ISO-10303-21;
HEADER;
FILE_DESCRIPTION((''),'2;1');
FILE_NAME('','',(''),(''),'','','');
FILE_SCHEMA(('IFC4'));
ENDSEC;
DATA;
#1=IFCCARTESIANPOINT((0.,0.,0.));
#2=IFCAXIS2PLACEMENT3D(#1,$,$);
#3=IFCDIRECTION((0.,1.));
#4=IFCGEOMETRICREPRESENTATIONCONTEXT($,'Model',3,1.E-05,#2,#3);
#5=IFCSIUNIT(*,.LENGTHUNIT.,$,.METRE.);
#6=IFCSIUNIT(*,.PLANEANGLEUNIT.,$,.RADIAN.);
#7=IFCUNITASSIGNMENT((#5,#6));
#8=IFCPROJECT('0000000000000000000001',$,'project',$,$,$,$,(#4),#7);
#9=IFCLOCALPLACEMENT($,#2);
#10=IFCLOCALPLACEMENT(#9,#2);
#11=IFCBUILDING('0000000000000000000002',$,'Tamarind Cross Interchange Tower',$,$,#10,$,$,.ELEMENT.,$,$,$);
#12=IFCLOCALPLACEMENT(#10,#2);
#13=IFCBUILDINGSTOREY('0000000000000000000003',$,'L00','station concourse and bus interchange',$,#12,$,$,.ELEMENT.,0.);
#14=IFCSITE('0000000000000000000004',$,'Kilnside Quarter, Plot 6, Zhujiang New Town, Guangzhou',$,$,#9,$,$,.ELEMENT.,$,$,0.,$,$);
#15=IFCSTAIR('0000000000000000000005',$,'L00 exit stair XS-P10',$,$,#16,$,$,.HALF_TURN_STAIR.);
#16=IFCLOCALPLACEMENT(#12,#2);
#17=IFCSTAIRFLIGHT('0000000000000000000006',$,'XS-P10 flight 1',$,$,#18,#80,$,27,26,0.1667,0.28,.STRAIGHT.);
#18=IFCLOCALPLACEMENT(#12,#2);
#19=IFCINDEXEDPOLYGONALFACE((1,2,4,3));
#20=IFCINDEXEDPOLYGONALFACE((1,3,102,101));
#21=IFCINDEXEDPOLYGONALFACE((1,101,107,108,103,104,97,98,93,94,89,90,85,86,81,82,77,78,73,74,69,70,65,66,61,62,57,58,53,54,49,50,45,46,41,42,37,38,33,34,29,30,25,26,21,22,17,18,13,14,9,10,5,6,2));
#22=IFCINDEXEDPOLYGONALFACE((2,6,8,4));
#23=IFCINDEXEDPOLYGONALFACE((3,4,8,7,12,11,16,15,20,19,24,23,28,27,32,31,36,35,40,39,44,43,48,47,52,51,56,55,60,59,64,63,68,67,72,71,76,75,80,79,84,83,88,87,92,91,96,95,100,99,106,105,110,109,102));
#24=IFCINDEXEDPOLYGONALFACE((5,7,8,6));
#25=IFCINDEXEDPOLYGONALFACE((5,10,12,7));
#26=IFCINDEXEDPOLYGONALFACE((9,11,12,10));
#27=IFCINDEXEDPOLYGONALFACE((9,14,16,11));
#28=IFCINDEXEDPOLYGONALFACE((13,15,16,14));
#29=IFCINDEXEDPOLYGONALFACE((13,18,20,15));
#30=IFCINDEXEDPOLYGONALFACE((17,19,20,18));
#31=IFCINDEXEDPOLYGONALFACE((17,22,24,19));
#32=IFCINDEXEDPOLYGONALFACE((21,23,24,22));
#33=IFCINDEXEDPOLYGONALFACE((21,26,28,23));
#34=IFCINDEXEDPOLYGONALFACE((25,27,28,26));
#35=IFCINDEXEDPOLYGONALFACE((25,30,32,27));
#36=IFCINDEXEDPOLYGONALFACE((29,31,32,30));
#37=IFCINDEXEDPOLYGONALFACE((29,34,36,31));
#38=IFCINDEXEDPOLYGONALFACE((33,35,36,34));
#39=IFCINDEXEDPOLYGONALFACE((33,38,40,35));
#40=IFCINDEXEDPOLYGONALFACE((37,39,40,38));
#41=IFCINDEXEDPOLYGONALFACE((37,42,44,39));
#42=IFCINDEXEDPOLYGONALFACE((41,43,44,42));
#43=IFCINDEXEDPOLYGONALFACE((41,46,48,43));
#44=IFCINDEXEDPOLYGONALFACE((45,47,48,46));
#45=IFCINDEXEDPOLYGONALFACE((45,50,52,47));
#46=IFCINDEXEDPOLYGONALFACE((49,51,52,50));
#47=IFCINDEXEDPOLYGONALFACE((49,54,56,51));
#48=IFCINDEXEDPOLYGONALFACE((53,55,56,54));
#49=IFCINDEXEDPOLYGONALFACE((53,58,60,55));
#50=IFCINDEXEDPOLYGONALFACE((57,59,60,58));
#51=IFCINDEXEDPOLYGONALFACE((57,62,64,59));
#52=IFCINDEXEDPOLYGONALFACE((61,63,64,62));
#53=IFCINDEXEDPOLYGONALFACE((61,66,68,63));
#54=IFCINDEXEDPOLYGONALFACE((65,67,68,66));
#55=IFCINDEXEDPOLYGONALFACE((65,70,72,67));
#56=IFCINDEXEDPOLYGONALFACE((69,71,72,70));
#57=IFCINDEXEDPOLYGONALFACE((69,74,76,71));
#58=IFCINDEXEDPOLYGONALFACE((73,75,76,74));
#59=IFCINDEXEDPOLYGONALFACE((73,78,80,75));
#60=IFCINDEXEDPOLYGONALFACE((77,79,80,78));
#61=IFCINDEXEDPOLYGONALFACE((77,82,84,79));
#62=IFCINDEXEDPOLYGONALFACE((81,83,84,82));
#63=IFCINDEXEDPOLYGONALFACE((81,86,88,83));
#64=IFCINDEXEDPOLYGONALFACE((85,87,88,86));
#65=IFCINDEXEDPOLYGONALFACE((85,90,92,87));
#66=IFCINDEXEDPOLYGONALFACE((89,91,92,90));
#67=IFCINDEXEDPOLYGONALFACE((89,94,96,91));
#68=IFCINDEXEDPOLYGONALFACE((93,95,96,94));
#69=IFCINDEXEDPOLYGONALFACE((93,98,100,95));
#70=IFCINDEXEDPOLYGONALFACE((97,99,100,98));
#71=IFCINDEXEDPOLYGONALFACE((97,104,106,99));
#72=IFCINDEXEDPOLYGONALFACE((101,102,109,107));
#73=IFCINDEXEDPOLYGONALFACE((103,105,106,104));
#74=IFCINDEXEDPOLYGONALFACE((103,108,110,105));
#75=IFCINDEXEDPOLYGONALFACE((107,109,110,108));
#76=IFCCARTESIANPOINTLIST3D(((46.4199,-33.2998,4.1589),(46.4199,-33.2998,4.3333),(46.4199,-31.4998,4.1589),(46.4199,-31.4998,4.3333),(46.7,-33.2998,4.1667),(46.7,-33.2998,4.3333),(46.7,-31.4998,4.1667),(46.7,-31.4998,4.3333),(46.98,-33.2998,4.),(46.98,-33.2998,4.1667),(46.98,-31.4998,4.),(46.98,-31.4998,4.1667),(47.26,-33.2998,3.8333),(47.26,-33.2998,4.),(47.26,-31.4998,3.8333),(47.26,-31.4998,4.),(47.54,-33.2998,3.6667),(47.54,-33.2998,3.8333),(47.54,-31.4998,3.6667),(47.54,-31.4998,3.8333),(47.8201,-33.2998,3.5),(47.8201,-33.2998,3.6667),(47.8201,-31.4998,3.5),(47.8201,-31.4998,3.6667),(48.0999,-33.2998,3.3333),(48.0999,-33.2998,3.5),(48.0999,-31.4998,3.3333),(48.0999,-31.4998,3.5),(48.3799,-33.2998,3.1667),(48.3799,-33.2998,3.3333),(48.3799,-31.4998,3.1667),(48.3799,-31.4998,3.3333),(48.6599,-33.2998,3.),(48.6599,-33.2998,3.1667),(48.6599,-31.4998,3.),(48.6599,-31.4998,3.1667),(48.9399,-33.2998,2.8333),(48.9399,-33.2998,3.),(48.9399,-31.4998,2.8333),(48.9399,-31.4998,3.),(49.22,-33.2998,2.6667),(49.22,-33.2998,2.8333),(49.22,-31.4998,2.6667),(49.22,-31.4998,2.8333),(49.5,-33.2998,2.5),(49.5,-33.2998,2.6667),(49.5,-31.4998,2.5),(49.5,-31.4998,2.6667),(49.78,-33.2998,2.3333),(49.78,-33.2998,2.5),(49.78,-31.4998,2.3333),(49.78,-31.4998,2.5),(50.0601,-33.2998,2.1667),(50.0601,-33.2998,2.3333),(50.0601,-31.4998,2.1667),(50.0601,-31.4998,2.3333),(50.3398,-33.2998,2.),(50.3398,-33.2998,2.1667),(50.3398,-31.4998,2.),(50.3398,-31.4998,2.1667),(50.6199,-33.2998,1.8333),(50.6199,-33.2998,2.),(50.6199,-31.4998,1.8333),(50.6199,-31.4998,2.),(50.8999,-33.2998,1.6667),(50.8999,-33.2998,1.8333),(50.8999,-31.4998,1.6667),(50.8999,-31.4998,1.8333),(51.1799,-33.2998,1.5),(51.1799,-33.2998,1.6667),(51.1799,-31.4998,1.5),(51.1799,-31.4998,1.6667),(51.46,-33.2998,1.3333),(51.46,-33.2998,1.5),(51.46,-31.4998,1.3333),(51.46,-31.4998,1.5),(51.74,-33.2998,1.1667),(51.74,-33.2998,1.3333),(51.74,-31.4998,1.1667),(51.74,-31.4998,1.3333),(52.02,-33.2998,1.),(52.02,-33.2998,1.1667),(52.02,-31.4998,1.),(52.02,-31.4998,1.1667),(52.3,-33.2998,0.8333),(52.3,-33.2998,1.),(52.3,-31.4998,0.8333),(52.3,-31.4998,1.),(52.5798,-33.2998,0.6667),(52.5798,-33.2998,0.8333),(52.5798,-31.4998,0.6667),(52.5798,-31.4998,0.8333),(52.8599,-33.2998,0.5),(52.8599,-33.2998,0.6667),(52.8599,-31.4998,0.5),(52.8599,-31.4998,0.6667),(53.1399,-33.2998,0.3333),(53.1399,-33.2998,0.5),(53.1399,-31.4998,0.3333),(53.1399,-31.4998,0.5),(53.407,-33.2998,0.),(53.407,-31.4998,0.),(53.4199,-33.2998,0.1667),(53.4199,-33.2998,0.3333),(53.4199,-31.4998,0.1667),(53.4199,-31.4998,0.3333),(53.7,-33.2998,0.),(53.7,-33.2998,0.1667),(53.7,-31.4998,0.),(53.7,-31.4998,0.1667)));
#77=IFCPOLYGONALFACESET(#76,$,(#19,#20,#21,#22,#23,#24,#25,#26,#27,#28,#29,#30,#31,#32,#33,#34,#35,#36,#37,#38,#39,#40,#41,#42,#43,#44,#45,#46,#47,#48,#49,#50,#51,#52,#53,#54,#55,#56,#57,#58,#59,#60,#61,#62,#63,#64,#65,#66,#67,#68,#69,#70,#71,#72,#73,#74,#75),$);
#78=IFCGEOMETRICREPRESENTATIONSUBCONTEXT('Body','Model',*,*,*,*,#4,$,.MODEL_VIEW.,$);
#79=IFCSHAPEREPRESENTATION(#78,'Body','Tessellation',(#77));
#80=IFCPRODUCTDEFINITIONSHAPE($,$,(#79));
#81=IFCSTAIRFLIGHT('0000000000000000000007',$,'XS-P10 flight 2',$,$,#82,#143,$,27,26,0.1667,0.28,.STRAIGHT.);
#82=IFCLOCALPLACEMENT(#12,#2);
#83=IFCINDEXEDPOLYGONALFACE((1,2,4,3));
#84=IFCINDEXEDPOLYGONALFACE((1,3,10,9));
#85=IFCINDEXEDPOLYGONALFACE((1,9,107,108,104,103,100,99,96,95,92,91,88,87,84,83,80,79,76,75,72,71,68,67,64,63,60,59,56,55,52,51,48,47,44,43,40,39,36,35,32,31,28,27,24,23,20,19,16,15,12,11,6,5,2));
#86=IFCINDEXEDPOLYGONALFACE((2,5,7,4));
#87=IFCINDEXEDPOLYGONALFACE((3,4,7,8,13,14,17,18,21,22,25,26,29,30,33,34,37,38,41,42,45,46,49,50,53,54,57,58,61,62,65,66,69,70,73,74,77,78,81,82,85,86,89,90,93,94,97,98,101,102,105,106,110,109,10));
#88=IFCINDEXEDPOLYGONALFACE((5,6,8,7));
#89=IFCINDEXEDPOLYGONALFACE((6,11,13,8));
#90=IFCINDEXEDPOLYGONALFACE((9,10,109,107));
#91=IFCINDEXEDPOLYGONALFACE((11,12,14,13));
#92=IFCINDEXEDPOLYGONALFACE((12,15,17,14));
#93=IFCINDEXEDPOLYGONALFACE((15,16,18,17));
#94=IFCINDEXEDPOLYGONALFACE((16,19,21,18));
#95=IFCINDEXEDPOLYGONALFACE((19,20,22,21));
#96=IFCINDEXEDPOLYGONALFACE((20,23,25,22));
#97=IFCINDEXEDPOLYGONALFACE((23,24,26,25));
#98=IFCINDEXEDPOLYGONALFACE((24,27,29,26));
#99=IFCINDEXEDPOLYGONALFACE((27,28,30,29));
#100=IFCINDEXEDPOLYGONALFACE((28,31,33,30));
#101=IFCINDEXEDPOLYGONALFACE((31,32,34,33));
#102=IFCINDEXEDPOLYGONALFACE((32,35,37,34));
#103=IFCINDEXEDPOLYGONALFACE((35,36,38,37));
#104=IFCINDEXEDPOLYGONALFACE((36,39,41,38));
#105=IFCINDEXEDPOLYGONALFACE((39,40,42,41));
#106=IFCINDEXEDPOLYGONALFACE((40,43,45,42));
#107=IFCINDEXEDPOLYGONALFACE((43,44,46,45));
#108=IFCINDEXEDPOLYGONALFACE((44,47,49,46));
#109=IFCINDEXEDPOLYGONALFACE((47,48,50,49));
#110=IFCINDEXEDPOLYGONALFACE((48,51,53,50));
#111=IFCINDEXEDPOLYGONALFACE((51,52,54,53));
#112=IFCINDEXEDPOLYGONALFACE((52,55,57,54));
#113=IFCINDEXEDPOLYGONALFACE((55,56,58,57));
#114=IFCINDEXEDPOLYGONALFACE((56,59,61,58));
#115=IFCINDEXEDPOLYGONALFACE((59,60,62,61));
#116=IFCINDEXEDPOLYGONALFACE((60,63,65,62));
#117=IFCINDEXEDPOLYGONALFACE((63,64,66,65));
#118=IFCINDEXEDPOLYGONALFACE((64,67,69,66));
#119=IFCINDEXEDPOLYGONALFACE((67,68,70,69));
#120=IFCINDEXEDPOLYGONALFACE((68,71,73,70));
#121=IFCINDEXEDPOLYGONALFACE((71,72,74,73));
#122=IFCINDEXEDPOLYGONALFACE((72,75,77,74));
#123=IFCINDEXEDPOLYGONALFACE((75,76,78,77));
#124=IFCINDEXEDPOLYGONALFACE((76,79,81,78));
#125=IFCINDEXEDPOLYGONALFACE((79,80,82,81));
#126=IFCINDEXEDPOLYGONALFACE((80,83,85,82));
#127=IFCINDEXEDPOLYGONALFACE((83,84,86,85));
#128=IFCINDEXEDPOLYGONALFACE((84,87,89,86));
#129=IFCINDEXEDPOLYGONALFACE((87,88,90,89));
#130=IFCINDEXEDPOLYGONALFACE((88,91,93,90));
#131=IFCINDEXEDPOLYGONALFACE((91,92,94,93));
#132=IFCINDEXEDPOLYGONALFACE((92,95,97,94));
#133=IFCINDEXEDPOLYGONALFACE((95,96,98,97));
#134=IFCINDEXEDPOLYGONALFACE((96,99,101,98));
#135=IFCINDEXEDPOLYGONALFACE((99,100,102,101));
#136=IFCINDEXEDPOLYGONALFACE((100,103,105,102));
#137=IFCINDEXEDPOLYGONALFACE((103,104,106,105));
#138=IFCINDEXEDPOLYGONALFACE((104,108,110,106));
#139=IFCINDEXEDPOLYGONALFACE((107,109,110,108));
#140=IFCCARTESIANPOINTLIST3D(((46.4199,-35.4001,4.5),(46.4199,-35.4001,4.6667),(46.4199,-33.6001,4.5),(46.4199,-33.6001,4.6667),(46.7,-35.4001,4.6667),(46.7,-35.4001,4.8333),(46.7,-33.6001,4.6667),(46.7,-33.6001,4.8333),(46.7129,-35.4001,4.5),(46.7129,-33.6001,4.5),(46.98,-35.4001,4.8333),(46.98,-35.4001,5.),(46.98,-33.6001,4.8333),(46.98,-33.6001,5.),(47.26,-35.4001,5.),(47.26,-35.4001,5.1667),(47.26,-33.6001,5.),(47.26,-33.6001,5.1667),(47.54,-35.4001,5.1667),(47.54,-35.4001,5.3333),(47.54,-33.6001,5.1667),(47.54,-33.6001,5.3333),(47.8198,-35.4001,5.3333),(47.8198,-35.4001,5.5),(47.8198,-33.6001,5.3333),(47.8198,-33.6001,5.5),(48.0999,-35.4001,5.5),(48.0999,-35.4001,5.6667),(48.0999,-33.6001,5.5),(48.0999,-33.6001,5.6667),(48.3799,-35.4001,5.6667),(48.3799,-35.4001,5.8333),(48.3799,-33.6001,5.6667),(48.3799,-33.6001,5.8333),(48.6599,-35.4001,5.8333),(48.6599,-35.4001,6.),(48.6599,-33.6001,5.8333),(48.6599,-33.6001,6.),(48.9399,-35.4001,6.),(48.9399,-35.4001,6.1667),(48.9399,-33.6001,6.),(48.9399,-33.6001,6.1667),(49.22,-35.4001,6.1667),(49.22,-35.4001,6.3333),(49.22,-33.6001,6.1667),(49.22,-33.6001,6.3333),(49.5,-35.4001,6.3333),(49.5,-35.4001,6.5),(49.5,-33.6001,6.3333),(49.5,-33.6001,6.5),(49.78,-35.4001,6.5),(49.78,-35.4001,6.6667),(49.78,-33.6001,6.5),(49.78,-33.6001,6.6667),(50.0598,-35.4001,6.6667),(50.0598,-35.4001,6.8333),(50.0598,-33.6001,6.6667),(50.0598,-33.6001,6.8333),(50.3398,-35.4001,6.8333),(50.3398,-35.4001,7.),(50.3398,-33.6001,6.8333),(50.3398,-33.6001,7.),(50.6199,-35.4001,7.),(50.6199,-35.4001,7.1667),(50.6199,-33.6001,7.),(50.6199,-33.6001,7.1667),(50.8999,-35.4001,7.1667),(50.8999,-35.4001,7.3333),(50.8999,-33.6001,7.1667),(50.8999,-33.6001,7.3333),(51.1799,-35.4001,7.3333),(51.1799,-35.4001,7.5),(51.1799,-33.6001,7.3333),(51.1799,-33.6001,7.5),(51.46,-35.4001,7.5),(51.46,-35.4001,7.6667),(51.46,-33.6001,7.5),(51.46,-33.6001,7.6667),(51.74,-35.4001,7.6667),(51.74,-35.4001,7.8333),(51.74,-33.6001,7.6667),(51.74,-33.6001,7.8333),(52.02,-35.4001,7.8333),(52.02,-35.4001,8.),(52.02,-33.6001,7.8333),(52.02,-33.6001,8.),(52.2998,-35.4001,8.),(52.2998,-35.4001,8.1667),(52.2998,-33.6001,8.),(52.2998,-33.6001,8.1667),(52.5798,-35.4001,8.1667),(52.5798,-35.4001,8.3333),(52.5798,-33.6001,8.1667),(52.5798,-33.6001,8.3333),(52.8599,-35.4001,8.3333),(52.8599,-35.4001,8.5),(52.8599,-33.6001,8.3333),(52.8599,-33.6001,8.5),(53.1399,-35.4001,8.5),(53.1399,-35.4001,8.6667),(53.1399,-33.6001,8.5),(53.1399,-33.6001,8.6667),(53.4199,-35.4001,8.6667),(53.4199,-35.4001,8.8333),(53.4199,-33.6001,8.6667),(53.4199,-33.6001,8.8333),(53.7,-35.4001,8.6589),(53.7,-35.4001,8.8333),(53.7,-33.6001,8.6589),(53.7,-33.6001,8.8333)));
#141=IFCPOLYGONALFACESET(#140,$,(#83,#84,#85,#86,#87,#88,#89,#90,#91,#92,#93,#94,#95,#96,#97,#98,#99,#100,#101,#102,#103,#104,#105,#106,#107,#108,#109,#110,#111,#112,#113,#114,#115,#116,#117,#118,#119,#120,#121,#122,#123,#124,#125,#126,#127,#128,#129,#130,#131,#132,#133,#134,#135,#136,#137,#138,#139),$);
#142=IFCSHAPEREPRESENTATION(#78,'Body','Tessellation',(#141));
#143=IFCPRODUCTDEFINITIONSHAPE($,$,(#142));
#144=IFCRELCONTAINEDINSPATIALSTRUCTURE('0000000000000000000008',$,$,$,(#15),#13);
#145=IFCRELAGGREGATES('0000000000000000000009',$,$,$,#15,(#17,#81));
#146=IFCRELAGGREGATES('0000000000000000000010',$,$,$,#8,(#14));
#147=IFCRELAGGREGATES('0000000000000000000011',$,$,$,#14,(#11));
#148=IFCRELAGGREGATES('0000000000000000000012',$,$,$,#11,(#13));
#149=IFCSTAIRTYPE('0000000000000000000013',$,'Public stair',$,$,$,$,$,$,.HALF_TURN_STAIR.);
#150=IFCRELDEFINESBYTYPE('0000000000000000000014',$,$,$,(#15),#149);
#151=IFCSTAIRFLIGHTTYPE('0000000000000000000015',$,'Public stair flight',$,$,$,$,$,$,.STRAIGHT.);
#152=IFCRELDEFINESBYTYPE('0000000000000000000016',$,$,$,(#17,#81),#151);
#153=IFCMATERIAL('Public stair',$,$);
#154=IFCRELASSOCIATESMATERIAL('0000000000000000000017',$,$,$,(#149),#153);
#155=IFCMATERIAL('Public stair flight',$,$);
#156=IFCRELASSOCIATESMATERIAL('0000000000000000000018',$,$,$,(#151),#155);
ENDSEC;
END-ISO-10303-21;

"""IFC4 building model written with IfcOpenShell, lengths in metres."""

from ifc_helpers import new_model, si_unit, direction, frame, origin, place, context, subcontext, project, spatial, polyline, outline, extrude, material, type_object, element, aggregate, save


model = new_model("IFC4")

# Units and contexts
model_context = context("Model", 3, precision=1e-05, world=origin(), true_north=direction((0.0, 1.0)))
body_context = subcontext(model_context, "Body", "Model", "MODEL_VIEW")
ifc_project = project(units=[si_unit("LENGTHUNIT", "METRE"), si_unit("PLANEANGLEUNIT", "RADIAN")], contexts=[model_context])

# Site, building, storey
site_placement = place(None, origin())
site = spatial("IfcSite", under=ifc_project, at=site_placement, Name="Kilnside Quarter, Plot 6, Zhujiang New Town, Guangzhou", CompositionType="ELEMENT", RefElevation=0.0)
building_placement = place(site_placement, origin())
building = spatial("IfcBuilding", under=site, at=building_placement, Name="Tamarind Cross Interchange Tower", CompositionType="ELEMENT")
storey_placement = place(building_placement, origin())
storey = spatial("IfcBuildingStorey", under=building, at=storey_placement, Name="L00", Description="station concourse and bus interchange", CompositionType="ELEMENT", Elevation=0.0)

# Stair, stair flights
ifc_material_1 = material(Name="Public stair")
stair_type = type_object("IfcStairType", Name="Public stair", PredefinedType="HALF_TURN_STAIR", material=ifc_material_1)
stair_placement = place(storey_placement, origin())
stair = element("IfcStair", 1, at=stair_placement, inside=storey, type_object=stair_type, Name="L00 exit stair XS-P10", PredefinedType="HALF_TURN_STAIR")
ifc_material_2 = material(Name="Public stair flight")
stair_flight_type = type_object("IfcStairFlightType", Name="Public stair flight", PredefinedType="STRAIGHT", material=ifc_material_2)
stair_flight_1_placement = place(storey_placement, frame((53.7, -32.3999, 0.0), z_axis=(0.0, 0.0, 1.0), x_axis=(-1.0, 0.0, 0.0)))
stair_flight_1 = element("IfcStairFlight", 2, at=stair_flight_1_placement, type_object=stair_flight_type, Name="XS-P10 flight 1", NumberOfRisers=27, NumberOfTreads=26, PredefinedType="STRAIGHT", RiserHeight=0.1667, TreadLength=0.28, context=body_context, shape_type="SweptSolid", body=[
    extrude(outline(polyline([(0.0, 0.0), (0.0, 0.1667), (0.28, 0.1667), (0.28, 0.3333), (0.5601, 0.3333), (0.5601, 0.5), (0.8401, 0.5), (0.8401, 0.6667), (1.1201, 0.6667), (1.1201, 0.8333), (1.3999, 0.8333), (1.3999, 1.0), (1.6799, 1.0), (1.6799, 1.1667), (1.96, 1.1667), (1.96, 1.3333), (2.24, 1.3333), (2.24, 1.5), (2.52, 1.5), (2.52, 1.6667), (2.8, 1.6667), (2.8, 1.8333), (3.0801, 1.8333), (3.0801, 2.0), (3.3601, 2.0), (3.3601, 2.1667), (3.6399, 2.1667), (3.6399, 2.3333), (3.9199, 2.3333), (3.9199, 2.5), (4.2, 2.5), (4.2, 2.6667), (4.48, 2.6667), (4.48, 2.8333), (4.76, 2.8333), (4.76, 3.0), (5.04, 3.0), (5.04, 3.1667), (5.3201, 3.1667), (5.3201, 3.3333), (5.6001, 3.3333), (5.6001, 3.5), (5.8799, 3.5), (5.8799, 3.6667), (6.1599, 3.6667), (6.1599, 3.8333), (6.4399, 3.8333), (6.4399, 4.0), (6.72, 4.0), (6.72, 4.1667), (7.0, 4.1667), (7.0, 4.3333), (7.28, 4.3333), (7.28, 4.5), (7.28, 4.1589), (0.293, 0.0), (0.0, 0.0)])), frame((0.0, 0.8999, 0.0), z_axis=(0.0, -1.0, 0.0), x_axis=(1.0, 0.0, 0.0)), (0.0, 0.0, 1.0), 1.8),
])
stair_flight_2_placement = place(storey_placement, frame((46.4199, -34.5, 4.5), z_axis=(0.0, 0.0, 1.0), x_axis=(1.0, 0.0, 0.0)))
stair_flight_2 = element("IfcStairFlight", 3, at=stair_flight_2_placement, type_object=stair_flight_type, Name="XS-P10 flight 2", NumberOfRisers=27, NumberOfTreads=26, PredefinedType="STRAIGHT", RiserHeight=0.1667, TreadLength=0.28, context=body_context, shape_type="SweptSolid", body=[
    extrude(outline(polyline([(0.0, 0.0), (0.0, 0.1667), (0.28, 0.1667), (0.28, 0.3333), (0.5601, 0.3333), (0.5601, 0.5), (0.8401, 0.5), (0.8401, 0.6667), (1.1201, 0.6667), (1.1201, 0.8333), (1.3999, 0.8333), (1.3999, 1.0), (1.6799, 1.0), (1.6799, 1.1667), (1.96, 1.1667), (1.96, 1.3333), (2.24, 1.3333), (2.24, 1.5), (2.52, 1.5), (2.52, 1.6667), (2.8, 1.6667), (2.8, 1.8333), (3.0801, 1.8333), (3.0801, 2.0), (3.3601, 2.0), (3.3601, 2.1667), (3.6399, 2.1667), (3.6399, 2.3333), (3.9199, 2.3333), (3.9199, 2.5), (4.2, 2.5), (4.2, 2.6667), (4.48, 2.6667), (4.48, 2.8333), (4.76, 2.8333), (4.76, 3.0), (5.04, 3.0), (5.04, 3.1667), (5.3201, 3.1667), (5.3201, 3.3333), (5.6001, 3.3333), (5.6001, 3.5), (5.8799, 3.5), (5.8799, 3.6667), (6.1599, 3.6667), (6.1599, 3.8333), (6.4399, 3.8333), (6.4399, 4.0), (6.72, 4.0), (6.72, 4.1667), (7.0, 4.1667), (7.0, 4.3333), (7.28, 4.3333), (7.28, 4.5), (7.28, 4.1589), (0.293, 0.0), (0.0, 0.0)])), frame((0.0, 0.8999, 0.0), z_axis=(0.0, -1.0, 0.0), x_axis=(1.0, 0.0, 0.0)), (0.0, 0.0, 1.0), 1.8),
])
aggregate(stair, [stair_flight_1, stair_flight_2])

save(model, "model.ifc")
